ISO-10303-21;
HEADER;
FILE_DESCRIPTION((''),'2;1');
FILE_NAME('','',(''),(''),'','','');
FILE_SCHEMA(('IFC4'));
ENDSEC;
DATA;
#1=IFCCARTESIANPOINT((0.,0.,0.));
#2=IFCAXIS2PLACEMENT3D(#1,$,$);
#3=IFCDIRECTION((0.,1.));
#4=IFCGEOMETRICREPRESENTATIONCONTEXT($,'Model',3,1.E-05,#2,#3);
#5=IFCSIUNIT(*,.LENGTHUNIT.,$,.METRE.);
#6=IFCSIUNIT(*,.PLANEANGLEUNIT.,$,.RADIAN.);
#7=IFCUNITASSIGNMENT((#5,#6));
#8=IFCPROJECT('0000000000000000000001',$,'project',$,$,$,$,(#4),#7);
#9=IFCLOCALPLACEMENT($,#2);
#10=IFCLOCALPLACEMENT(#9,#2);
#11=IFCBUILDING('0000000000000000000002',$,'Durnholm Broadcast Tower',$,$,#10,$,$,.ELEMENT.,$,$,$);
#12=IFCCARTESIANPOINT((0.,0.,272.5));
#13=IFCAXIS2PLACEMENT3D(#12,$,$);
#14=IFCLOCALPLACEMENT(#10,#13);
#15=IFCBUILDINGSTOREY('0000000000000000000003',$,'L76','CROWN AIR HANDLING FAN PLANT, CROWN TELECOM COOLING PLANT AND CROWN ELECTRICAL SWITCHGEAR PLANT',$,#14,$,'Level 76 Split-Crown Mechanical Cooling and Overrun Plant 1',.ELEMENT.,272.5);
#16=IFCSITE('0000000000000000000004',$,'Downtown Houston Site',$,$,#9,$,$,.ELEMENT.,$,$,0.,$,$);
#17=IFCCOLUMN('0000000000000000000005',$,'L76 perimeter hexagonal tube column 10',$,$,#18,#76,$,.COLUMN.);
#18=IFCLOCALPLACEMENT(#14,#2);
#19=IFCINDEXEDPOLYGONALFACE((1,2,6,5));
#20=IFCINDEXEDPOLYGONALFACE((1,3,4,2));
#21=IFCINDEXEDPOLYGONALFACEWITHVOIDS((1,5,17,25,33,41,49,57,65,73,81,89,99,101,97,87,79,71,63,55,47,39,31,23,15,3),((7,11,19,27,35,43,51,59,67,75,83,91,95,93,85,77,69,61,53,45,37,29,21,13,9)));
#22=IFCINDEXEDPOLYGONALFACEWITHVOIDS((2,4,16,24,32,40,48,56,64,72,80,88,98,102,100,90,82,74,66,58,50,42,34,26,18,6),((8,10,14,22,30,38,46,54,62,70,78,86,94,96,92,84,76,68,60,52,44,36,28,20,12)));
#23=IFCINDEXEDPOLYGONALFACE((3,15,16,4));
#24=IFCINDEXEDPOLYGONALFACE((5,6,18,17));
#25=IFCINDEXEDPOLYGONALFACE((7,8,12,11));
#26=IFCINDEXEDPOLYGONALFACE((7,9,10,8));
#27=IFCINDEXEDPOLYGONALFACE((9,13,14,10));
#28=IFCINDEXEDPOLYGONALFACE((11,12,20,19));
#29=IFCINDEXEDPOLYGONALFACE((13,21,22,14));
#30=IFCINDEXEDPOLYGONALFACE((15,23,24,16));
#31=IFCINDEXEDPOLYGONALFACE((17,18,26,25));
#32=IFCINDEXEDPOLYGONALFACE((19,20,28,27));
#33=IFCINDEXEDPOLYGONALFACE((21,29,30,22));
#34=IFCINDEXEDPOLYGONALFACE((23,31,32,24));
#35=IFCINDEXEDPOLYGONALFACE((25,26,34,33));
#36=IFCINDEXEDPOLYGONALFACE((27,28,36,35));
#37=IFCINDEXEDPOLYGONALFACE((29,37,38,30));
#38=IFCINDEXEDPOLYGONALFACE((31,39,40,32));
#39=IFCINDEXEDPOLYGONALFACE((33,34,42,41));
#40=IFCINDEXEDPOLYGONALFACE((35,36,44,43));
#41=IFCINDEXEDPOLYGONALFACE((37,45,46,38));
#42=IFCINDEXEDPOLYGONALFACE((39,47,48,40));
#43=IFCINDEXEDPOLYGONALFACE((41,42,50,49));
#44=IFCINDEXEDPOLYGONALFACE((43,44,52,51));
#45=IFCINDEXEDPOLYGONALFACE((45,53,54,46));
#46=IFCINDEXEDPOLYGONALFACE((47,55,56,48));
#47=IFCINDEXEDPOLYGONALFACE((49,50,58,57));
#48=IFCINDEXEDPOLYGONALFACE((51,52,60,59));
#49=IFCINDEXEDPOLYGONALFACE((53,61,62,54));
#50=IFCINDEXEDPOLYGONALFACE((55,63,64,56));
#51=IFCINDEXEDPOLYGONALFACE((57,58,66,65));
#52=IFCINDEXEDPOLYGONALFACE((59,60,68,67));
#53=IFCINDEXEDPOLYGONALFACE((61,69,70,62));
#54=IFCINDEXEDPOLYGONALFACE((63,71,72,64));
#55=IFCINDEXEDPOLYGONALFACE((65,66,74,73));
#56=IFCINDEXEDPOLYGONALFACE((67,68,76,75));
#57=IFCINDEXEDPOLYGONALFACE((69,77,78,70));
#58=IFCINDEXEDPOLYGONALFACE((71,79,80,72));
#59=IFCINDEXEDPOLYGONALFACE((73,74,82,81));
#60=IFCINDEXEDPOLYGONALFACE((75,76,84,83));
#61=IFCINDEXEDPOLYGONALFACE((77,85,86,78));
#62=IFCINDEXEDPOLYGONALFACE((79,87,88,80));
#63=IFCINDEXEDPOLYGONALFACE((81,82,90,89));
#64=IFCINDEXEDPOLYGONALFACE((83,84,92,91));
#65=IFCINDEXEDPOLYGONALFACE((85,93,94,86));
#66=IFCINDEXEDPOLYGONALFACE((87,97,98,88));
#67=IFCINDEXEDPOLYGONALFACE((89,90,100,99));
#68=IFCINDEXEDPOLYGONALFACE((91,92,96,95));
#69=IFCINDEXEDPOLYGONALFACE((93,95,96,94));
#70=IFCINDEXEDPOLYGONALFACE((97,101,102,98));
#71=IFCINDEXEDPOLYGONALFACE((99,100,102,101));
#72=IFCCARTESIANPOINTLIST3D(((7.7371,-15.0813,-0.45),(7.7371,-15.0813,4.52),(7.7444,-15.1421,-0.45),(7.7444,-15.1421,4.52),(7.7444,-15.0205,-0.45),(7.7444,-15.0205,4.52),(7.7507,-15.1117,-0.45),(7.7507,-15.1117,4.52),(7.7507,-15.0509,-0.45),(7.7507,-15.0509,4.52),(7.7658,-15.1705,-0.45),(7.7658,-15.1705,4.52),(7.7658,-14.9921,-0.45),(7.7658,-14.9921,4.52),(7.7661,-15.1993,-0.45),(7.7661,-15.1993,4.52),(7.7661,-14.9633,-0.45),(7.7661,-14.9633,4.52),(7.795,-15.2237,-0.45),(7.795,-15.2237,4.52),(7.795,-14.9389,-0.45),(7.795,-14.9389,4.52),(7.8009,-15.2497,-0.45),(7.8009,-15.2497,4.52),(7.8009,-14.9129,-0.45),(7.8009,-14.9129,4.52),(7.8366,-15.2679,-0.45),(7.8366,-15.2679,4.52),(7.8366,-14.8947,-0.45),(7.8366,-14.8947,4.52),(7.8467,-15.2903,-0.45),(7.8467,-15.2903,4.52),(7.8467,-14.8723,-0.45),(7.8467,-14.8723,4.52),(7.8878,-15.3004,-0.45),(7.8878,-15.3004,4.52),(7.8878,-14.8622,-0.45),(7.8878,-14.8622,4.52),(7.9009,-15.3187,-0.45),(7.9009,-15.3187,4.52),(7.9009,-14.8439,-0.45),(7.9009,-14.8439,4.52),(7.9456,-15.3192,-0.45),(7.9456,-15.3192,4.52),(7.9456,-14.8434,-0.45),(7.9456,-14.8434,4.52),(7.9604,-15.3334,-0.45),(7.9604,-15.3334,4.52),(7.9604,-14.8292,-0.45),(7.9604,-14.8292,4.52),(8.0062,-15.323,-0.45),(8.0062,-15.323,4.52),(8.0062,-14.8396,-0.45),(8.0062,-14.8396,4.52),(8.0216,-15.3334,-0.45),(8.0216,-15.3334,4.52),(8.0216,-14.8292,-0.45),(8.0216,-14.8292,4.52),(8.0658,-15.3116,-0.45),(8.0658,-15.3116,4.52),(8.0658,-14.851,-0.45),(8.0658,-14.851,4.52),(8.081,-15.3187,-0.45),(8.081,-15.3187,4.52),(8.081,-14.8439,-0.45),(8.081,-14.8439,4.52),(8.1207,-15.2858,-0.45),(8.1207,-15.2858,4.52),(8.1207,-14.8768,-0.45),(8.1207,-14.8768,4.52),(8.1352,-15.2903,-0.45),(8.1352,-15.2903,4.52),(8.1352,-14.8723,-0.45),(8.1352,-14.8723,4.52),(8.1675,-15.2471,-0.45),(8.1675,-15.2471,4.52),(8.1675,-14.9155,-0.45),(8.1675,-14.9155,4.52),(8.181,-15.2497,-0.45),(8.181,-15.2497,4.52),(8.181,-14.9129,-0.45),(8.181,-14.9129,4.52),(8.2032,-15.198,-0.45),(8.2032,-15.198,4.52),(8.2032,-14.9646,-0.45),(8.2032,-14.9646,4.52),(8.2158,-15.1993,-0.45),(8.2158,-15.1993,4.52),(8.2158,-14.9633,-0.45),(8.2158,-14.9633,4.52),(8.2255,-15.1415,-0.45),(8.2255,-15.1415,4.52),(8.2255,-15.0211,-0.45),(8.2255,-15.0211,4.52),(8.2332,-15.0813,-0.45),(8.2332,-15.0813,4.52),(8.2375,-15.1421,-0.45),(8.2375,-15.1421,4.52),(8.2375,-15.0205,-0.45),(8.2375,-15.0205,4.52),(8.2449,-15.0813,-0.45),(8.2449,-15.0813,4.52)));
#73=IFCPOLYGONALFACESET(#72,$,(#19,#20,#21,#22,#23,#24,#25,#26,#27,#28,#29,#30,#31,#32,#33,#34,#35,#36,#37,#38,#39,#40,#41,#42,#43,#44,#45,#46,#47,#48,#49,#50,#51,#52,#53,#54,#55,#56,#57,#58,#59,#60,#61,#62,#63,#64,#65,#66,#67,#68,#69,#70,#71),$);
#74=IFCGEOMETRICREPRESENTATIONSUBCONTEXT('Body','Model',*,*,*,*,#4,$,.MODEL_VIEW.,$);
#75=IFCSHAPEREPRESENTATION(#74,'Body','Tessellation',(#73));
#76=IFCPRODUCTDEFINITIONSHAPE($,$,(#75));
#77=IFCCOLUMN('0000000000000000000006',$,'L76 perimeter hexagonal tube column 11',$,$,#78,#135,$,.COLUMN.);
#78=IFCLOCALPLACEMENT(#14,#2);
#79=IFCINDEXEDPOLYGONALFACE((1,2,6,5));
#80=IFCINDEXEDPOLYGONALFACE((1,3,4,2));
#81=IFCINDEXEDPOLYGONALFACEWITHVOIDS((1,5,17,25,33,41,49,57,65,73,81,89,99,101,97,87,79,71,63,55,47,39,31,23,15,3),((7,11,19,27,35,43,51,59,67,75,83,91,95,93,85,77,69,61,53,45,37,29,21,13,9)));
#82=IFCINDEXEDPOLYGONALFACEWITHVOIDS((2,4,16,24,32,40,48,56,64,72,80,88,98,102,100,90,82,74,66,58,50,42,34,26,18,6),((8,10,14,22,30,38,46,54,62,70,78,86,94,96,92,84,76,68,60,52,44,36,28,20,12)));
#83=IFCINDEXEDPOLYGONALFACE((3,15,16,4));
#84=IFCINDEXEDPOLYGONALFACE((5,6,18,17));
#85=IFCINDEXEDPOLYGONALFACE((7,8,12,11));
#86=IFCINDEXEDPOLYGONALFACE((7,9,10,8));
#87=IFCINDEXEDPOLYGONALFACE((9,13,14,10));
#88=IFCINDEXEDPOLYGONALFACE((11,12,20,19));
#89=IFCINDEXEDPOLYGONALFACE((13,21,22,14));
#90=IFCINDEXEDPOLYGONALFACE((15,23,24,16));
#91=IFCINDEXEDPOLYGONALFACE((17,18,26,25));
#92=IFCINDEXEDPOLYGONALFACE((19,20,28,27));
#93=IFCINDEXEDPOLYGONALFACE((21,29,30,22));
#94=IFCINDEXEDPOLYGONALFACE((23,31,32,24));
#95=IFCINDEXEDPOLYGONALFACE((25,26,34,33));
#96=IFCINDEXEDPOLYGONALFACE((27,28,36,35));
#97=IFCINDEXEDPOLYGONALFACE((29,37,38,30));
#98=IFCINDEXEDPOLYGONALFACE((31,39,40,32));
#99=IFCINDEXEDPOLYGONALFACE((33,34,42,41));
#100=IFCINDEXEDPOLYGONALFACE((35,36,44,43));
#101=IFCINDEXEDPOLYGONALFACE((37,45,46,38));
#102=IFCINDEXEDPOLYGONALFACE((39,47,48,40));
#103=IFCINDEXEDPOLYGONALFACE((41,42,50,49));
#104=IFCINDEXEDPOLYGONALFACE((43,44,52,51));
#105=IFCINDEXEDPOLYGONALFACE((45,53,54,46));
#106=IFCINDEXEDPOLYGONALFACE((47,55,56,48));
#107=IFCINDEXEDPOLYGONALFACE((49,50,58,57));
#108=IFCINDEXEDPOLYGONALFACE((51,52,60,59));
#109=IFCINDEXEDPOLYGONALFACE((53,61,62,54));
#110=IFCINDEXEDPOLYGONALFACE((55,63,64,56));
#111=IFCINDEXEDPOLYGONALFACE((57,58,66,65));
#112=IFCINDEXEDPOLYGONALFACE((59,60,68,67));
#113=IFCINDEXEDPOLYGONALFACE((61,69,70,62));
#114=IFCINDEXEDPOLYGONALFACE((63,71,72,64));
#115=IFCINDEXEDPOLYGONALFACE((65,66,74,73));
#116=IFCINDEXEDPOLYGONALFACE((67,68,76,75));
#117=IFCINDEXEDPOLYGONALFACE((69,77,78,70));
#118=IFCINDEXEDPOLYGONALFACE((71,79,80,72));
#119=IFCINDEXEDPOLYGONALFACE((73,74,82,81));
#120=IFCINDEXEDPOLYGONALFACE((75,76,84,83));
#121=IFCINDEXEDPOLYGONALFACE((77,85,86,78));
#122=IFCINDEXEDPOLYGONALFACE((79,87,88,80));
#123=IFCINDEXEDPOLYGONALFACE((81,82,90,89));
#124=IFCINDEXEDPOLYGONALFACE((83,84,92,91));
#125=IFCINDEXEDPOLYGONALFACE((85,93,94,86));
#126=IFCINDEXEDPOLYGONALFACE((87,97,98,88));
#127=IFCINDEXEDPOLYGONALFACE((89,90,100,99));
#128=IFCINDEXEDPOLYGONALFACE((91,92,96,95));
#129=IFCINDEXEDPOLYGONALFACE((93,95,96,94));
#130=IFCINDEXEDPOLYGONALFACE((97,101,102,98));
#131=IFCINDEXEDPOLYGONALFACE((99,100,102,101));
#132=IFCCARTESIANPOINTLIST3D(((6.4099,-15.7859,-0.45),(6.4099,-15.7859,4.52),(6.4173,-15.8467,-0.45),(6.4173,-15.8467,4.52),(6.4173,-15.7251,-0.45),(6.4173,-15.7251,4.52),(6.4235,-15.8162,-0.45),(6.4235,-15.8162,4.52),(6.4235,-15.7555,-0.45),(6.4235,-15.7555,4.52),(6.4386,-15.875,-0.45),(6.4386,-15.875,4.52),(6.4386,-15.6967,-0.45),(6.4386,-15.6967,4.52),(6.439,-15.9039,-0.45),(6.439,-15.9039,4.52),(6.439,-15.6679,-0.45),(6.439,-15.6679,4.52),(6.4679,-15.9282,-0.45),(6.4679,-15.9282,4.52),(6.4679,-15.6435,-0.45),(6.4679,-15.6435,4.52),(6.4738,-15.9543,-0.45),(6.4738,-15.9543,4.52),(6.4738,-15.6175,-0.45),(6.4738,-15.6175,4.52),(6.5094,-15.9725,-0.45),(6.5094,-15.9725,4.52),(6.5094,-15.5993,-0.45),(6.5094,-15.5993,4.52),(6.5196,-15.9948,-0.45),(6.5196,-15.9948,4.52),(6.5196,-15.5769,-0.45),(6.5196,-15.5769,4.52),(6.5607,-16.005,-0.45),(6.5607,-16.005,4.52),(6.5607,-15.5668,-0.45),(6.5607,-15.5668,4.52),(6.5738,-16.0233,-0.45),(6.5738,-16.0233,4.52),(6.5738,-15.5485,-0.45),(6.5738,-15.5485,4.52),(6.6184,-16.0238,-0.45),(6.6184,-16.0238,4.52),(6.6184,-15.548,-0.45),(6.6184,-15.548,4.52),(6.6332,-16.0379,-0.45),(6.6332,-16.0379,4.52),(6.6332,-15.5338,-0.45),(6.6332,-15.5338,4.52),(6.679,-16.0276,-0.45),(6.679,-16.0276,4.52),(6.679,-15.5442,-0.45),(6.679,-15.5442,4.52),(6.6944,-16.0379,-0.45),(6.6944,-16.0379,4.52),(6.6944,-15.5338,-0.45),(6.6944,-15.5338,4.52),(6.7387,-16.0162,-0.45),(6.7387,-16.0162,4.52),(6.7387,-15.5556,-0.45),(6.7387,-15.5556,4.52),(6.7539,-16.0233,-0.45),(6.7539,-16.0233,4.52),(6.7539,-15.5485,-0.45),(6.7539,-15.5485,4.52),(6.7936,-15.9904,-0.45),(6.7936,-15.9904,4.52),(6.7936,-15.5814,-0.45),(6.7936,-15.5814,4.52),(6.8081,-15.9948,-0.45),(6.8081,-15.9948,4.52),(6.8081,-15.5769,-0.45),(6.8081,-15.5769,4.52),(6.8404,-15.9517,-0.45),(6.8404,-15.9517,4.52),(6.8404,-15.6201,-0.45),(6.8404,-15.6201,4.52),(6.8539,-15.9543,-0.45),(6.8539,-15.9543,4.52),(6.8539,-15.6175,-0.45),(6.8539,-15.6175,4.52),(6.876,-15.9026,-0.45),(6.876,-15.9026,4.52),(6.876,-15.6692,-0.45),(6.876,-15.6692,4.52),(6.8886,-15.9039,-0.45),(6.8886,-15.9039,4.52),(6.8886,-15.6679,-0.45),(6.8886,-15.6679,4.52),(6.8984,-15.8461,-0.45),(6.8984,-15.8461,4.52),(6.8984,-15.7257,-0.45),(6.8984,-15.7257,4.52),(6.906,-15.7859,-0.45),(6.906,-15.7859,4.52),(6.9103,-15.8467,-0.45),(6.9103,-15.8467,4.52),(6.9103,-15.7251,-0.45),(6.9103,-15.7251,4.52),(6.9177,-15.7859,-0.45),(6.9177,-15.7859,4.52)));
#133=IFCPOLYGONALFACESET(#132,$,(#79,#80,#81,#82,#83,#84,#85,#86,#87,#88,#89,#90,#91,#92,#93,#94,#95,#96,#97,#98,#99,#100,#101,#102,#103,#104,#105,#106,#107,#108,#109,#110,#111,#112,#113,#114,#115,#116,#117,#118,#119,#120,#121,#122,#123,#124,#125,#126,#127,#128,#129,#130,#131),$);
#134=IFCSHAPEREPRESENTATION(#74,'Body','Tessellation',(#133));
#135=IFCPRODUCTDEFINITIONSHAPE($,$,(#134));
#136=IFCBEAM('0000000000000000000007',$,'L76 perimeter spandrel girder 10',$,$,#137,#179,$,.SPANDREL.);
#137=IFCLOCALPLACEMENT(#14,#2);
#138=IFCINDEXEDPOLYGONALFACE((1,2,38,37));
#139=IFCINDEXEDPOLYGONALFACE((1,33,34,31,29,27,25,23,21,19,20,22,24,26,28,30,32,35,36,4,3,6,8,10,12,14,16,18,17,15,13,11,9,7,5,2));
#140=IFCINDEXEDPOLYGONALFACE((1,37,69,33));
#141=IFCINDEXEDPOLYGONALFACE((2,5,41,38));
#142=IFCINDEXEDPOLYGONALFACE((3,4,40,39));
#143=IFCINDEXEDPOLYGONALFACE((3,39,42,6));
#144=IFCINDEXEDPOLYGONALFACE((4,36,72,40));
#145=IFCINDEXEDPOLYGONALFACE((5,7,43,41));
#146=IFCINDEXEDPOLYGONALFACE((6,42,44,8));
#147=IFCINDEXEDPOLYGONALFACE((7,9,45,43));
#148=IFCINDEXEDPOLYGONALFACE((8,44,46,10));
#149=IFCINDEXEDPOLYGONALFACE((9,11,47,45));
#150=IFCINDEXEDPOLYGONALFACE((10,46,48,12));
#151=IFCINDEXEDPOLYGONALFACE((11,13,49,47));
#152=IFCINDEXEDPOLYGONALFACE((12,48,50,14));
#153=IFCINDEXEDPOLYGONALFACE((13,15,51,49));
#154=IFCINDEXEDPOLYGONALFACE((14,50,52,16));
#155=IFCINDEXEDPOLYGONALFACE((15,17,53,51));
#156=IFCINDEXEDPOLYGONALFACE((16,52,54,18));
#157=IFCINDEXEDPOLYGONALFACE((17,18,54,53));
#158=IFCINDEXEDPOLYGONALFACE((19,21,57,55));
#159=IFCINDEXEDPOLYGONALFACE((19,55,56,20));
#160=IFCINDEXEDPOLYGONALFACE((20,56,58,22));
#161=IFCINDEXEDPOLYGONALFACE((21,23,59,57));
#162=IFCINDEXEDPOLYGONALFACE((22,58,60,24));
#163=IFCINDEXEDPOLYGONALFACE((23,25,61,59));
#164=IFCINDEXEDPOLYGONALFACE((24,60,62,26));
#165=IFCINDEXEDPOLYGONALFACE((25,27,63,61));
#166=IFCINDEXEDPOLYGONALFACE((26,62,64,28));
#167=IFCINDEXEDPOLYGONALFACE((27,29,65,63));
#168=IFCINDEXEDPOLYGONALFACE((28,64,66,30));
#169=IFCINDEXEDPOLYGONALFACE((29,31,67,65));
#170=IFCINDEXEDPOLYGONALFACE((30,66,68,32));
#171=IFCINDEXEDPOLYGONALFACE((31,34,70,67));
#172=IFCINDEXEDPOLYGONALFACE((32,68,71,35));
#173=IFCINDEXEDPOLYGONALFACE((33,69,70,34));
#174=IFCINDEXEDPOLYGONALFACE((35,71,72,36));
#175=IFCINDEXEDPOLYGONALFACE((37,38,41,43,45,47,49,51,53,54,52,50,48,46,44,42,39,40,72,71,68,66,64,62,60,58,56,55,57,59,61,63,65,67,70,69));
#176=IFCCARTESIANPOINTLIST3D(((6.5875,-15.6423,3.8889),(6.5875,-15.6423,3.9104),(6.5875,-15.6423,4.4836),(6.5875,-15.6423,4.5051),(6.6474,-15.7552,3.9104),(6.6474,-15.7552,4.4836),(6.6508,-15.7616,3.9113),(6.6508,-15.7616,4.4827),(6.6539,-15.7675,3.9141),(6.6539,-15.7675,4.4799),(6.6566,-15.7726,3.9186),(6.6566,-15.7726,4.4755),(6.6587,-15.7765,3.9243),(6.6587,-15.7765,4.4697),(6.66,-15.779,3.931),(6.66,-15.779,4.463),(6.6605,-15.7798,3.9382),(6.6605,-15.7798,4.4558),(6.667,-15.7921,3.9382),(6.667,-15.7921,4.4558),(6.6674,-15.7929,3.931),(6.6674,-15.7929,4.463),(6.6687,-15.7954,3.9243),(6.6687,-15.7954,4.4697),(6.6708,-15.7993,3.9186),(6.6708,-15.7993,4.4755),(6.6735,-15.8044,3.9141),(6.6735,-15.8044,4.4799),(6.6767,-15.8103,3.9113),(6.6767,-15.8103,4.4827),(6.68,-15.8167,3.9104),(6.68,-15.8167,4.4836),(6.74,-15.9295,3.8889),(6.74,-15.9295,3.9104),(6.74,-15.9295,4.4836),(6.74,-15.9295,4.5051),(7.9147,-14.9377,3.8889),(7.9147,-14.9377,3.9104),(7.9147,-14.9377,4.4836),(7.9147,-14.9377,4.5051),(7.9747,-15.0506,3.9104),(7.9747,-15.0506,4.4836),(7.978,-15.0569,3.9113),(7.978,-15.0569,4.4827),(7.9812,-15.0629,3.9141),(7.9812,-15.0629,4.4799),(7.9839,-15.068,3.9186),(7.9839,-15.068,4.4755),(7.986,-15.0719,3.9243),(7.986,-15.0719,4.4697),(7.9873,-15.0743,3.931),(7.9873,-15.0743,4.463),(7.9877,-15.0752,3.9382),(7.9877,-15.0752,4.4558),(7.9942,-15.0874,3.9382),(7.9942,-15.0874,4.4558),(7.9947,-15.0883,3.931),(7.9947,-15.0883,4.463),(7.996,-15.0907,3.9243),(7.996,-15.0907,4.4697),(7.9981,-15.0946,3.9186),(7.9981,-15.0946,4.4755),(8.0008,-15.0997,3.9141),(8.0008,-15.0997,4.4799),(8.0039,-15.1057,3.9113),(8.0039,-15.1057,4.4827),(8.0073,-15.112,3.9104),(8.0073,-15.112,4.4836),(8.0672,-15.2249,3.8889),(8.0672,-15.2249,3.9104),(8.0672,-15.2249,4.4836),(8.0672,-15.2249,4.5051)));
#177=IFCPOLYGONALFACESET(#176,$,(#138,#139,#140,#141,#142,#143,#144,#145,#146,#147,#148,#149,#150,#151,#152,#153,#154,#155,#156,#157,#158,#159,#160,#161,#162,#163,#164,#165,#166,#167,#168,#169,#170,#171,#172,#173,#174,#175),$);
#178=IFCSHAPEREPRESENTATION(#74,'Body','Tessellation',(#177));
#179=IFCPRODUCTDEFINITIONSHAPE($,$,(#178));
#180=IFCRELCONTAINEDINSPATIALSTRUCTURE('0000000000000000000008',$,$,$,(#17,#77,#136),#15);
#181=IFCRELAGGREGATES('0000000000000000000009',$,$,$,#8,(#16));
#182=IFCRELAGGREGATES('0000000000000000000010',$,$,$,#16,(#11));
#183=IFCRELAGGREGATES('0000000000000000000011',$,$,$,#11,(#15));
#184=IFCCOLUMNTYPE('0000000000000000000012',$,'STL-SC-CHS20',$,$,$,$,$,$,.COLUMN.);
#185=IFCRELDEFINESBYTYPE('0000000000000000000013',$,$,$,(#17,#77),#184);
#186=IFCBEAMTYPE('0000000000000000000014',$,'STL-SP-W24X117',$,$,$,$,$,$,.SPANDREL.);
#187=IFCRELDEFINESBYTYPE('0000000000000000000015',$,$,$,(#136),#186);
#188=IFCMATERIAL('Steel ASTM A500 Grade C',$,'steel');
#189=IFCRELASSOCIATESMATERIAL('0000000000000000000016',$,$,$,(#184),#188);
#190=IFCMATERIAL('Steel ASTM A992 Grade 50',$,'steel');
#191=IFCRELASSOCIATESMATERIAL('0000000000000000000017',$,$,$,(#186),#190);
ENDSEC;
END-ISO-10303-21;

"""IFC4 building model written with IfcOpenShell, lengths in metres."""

from ifc_helpers import new_model, si_unit, direction, frame, origin, origin_2d, place, context, subcontext, project, spatial, hollow_circle, i_section, extrude, source, transform, mapped, material, material_profile, profile_set, type_object, type_shapes, element, save


model = new_model("IFC4")

# Units and contexts
model_context = context("Model", 3, precision=1e-05, world=origin(), true_north=direction((0.0, 1.0)))
body_context = subcontext(model_context, "Body", "Model", "MODEL_VIEW")
ifc_project = project(units=[si_unit("LENGTHUNIT", "METRE"), si_unit("PLANEANGLEUNIT", "RADIAN")], contexts=[model_context])

# Site, building, storey
site_placement = place(None, origin())
site = spatial("IfcSite", under=ifc_project, at=site_placement, Name="Downtown Houston Site", CompositionType="ELEMENT", RefElevation=0.0)
building_placement = place(site_placement, origin())
building = spatial("IfcBuilding", under=site, at=building_placement, Name="Durnholm Broadcast Tower", CompositionType="ELEMENT")
storey_placement = place(building_placement, frame((0.0, 0.0, 272.5)))
storey = spatial("IfcBuildingStorey", under=building, at=storey_placement, Name="L76", Description="CROWN AIR HANDLING FAN PLANT, CROWN TELECOM COOLING PLANT AND CROWN ELECTRICAL SWITCHGEAR PLANT", LongName="Level 76 Split-Crown Mechanical Cooling and Overrun Plant 1", CompositionType="ELEMENT", Elevation=272.5)

# Columns
ifc_material_1 = material(Name="Steel ASTM A500 Grade C", Category="steel")
ifc_material_profile_1 = material_profile(ifc_material_1, hollow_circle(Radius=0.2539, WallThickness=0.0117, at=origin_2d()), Name="HSS20.000X0.500")
ifc_profile_set_1 = profile_set([ifc_material_profile_1], Name="Steel ASTM A500 Grade C")
column_type = type_object("IfcColumnType", Name="STL-SC-CHS20", PredefinedType="COLUMN", material=ifc_profile_set_1)
shared_shape_1 = source(origin(), body_context, "Body", "SweptSolid", [
    extrude(hollow_circle(Radius=0.2539, WallThickness=0.0117, at=origin_2d()), origin(), (0.0, 0.0, 1.0), 4.97),
])
type_shapes(column_type, [shared_shape_1])
for number, where, z_axis, x_axis, name in (
    (1, (7.991, -15.0813, -0.45), (0.0, 0.0, 1.0), (1.0, 0.0, 0.0), "L76 perimeter hexagonal tube column 10"),
    (2, (6.6638, -15.7859, -0.45), (0.0, 0.0, 1.0), (1.0, 0.0, 0.0), "L76 perimeter hexagonal tube column 11"),
):
    element("IfcColumn", number, at=place(storey_placement, frame(where, z_axis=z_axis, x_axis=x_axis)), inside=storey, type_object=column_type, Name=name, PredefinedType="COLUMN", context=body_context, shape_type="MappedRepresentation", body=[
        mapped(shared_shape_1, transform((0.0, 0.0, 0.0), x_axis=(1.0, 0.0, 0.0), y_axis=(0.0, 1.0, 0.0), z_axis=(0.0, 0.0, 1.0), scale=1.0)),
    ])

# Beam
ifc_material_2 = material(Name="Steel ASTM A992 Grade 50", Category="steel")
ifc_material_profile_2 = material_profile(ifc_material_2, i_section(OverallWidth=0.3252, OverallDepth=0.6162, WebThickness=0.0139, FlangeThickness=0.0215, FilletRadius=0.0278, at=origin_2d()), Name="W24X117")
ifc_profile_set_2 = profile_set([ifc_material_profile_2], Name="Steel ASTM A992 Grade 50")
beam_type_1 = type_object("IfcBeamType", Name="STL-SP-W24X117", PredefinedType="SPANDREL", material=ifc_profile_set_2)
shared_shape_2 = source(origin(), body_context, "Body", "SweptSolid", [
    extrude(i_section(OverallWidth=0.3252, OverallDepth=0.6162, WebThickness=0.0139, FlangeThickness=0.0215, FilletRadius=0.0278, at=origin_2d()), origin(), (0.0, 0.0, 1.0), 1.5027),
])
type_shapes(beam_type_1, [shared_shape_2])
beam_1_placement = place(storey_placement, frame((7.991, -15.0813, 4.197), z_axis=(-0.883242, -0.468918, 0.0), x_axis=(0.468918, -0.883242, 0.0)))
element("IfcBeam", 3, at=beam_1_placement, inside=storey, type_object=beam_type_1, Name="L76 perimeter spandrel girder 10", PredefinedType="SPANDREL", context=body_context, shape_type="MappedRepresentation", body=[
    mapped(shared_shape_2, transform((0.0, 0.0, 0.0), x_axis=(1.0, 0.0, 0.0), y_axis=(0.0, 1.0, 0.0), z_axis=(0.0, 0.0, 1.0), scale=1.0)),
])

save(model, "model.ifc")
